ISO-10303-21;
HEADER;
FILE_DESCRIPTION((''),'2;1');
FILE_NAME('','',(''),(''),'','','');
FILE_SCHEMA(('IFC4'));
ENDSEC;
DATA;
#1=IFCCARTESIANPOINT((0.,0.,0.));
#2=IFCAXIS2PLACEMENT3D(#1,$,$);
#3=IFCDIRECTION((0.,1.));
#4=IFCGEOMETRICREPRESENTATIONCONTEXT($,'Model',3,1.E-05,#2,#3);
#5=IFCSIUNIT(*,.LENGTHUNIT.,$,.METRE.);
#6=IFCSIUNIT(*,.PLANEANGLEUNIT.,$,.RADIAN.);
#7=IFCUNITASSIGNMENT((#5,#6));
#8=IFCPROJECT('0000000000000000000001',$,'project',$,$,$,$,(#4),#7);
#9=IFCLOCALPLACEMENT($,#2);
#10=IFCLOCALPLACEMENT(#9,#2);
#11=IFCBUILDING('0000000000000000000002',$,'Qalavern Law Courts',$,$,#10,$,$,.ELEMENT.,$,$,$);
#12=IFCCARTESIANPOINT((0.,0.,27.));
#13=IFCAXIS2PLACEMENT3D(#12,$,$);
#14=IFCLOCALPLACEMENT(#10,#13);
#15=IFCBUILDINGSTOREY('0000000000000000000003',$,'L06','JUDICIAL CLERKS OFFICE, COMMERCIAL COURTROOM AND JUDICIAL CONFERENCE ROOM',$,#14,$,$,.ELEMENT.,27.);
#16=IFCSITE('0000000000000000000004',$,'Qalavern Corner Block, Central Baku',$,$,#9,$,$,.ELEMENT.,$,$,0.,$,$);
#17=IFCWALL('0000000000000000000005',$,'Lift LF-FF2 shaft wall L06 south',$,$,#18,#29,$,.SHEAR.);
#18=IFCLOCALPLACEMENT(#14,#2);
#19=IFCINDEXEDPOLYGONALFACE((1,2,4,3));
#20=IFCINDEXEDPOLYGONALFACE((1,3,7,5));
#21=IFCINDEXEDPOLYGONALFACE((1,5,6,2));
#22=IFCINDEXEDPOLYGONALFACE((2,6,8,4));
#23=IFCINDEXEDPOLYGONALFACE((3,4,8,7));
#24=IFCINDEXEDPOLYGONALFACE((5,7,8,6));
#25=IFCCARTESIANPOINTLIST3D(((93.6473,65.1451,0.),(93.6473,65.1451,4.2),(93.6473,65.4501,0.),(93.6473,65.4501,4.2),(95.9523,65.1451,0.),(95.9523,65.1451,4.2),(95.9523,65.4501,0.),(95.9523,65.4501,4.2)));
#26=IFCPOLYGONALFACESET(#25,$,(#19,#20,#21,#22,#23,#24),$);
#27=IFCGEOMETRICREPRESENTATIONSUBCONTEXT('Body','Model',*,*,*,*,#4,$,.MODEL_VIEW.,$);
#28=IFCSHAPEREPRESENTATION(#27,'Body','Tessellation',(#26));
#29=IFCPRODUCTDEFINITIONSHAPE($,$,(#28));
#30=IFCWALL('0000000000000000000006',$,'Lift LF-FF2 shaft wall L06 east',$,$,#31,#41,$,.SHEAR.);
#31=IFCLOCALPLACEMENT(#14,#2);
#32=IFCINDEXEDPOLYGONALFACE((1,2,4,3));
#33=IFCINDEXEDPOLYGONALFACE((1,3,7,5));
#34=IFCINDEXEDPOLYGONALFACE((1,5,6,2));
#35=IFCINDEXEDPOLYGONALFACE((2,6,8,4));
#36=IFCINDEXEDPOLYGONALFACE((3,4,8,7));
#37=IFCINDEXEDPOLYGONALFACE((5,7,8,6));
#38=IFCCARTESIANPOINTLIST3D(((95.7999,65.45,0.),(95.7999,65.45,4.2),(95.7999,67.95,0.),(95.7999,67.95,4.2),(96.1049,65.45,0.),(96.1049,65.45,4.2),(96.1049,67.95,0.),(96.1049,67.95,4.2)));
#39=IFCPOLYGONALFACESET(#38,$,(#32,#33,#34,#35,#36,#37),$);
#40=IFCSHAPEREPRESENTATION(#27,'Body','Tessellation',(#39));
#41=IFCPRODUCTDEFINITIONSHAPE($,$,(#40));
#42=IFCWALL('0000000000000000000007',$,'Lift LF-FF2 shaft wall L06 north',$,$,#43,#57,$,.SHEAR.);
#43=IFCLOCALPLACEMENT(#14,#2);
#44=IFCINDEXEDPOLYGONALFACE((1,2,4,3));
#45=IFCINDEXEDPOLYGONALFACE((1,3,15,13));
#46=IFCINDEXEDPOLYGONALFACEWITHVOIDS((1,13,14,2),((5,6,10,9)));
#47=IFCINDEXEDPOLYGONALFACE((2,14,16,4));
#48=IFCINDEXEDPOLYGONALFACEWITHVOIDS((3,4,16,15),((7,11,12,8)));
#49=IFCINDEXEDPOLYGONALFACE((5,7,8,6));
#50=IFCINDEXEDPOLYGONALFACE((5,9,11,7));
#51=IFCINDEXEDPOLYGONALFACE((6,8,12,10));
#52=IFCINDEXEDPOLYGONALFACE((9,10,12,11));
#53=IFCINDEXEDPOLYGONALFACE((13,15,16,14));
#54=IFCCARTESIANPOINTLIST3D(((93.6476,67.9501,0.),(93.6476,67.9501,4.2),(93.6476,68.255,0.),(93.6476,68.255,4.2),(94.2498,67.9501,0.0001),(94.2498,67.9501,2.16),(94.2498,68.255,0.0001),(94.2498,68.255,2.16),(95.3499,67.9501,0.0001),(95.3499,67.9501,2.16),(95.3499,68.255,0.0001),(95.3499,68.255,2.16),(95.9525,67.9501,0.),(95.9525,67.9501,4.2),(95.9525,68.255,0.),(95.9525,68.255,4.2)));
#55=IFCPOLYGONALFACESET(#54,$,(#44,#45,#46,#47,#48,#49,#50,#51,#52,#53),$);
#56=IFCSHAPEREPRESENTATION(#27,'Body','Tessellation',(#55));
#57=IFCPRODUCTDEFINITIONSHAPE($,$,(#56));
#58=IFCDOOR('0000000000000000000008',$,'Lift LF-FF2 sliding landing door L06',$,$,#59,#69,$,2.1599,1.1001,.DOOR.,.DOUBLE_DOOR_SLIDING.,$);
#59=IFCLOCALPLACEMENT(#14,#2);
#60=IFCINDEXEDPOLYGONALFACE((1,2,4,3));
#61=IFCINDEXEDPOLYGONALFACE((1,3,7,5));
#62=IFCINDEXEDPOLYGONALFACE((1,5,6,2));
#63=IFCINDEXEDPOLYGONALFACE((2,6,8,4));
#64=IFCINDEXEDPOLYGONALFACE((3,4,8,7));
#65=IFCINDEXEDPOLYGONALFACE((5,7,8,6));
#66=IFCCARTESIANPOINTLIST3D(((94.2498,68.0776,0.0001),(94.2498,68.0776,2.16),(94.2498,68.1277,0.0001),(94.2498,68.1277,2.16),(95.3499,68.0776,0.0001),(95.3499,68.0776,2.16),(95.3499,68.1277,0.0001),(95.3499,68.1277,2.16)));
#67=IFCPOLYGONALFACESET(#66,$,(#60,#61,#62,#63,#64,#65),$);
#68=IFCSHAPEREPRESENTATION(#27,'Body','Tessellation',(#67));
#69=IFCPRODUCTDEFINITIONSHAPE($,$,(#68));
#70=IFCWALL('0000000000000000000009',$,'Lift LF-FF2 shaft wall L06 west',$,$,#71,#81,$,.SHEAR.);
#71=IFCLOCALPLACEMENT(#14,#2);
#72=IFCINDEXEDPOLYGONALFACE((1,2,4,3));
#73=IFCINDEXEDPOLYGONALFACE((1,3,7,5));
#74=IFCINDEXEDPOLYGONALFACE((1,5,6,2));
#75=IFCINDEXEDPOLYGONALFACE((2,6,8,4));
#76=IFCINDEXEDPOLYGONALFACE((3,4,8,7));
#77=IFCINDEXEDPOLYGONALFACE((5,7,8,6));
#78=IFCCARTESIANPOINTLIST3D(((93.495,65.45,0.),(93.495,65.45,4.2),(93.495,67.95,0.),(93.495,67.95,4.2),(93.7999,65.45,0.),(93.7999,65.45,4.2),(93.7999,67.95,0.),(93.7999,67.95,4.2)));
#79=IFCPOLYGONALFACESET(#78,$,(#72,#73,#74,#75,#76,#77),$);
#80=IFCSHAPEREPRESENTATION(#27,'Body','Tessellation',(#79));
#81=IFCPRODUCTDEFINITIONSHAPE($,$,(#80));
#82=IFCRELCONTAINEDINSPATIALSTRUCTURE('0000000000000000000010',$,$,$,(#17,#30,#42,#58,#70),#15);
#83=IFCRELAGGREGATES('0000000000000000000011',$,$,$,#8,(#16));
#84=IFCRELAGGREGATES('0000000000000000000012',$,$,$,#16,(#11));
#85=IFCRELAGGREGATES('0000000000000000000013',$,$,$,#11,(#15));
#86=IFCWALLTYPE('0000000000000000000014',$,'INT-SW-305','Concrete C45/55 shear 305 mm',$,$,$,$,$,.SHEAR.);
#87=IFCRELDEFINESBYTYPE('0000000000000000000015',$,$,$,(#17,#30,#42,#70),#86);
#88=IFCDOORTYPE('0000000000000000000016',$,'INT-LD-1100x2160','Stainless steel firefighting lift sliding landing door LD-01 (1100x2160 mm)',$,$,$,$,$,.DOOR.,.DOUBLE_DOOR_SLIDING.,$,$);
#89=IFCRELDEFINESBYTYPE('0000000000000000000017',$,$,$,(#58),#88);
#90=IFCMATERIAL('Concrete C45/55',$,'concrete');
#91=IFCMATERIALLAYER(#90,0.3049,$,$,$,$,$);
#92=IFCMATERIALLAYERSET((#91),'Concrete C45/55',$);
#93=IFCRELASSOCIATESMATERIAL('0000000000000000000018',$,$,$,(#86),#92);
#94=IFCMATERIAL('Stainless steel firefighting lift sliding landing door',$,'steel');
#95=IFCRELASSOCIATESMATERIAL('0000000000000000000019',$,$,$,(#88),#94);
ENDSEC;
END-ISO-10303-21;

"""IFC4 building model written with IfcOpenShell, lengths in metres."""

from ifc_helpers import new_model, si_unit, direction, frame, frame_2d, origin, place, context, subcontext, project, spatial, rectangle, extrude, material, layer, layer_set, type_object, element, fill, save


model = new_model("IFC4")

# Units and contexts
model_context = context("Model", 3, precision=1e-05, world=origin(), true_north=direction((0.0, 1.0)))
body_context = subcontext(model_context, "Body", "Model", "MODEL_VIEW")
ifc_project = project(units=[si_unit("LENGTHUNIT", "METRE"), si_unit("PLANEANGLEUNIT", "RADIAN")], contexts=[model_context])

# Site, building, storey
site_placement = place(None, origin())
site = spatial("IfcSite", under=ifc_project, at=site_placement, Name="Qalavern Corner Block, Central Baku", CompositionType="ELEMENT", RefElevation=0.0)
building_placement = place(site_placement, origin())
building = spatial("IfcBuilding", under=site, at=building_placement, Name="Qalavern Law Courts", CompositionType="ELEMENT")
storey_placement = place(building_placement, frame((0.0, 0.0, 27.0)))
storey = spatial("IfcBuildingStorey", under=building, at=storey_placement, Name="L06", Description="JUDICIAL CLERKS OFFICE, COMMERCIAL COURTROOM AND JUDICIAL CONFERENCE ROOM", CompositionType="ELEMENT", Elevation=27.0)

# Shared definitions
ifc_material_1 = material(Name="Concrete C45/55", Category="concrete")

# Walls
ifc_layer_1 = layer(ifc_material_1, 0.3049)
ifc_layer_set_1 = layer_set([ifc_layer_1], Name="Concrete C45/55")
wall_type_1 = type_object("IfcWallType", Name="INT-SW-305", Description="Concrete C45/55 shear 305 mm", PredefinedType="SHEAR", material=ifc_layer_set_1)
wall_1_placement = place(storey_placement, frame((93.6475, 65.2976, 0.0), z_axis=(0.0, 0.0, 1.0), x_axis=(1.0, 0.0, 0.0)))
element("IfcWall", 1, at=wall_1_placement, inside=storey, type_object=wall_type_1, Name="Lift LF-FF2 shaft wall L06 south", PredefinedType="SHEAR", context=body_context, shape_type="SweptSolid", body=[
    extrude(rectangle(XDim=2.3049, YDim=0.3049, at=frame_2d((1.1523, 0.0))), origin(), (0.0, 0.0, 1.0), 4.2),
])
wall_2_placement = place(storey_placement, frame((95.9524, 65.45, 0.0), z_axis=(0.0, 0.0, 1.0), x_axis=(0.0, 1.0, 0.0)))
element("IfcWall", 2, at=wall_2_placement, inside=storey, type_object=wall_type_1, Name="Lift LF-FF2 shaft wall L06 east", PredefinedType="SHEAR", context=body_context, shape_type="SweptSolid", body=[
    extrude(rectangle(XDim=2.5, YDim=0.3049, at=frame_2d((1.25, 0.0))), origin(), (0.0, 0.0, 1.0), 4.2),
])

# Wall, opening, door
wall_3_placement = place(storey_placement, frame((95.9524, 68.1025, 0.0), z_axis=(0.0, 0.0, 1.0), x_axis=(-1.0, 0.0, 0.0)))
wall_3 = element("IfcWall", 3, at=wall_3_placement, inside=storey, type_object=wall_type_1, Name="Lift LF-FF2 shaft wall L06 north", PredefinedType="SHEAR", context=body_context, shape_type="SweptSolid", body=[
    extrude(rectangle(XDim=2.3049, YDim=0.3049, at=frame_2d((1.1523, 0.0))), origin(), (0.0, 0.0, 1.0), 4.2),
])
opening_1_placement = place(wall_3_placement, frame((0.6025, 0.0, 0.0)))
opening_1 = element("IfcOpeningElement", 4, at=opening_1_placement, cuts=wall_3, PredefinedType="OPENING", context=body_context, shape_type="SweptSolid", body=[
    extrude(rectangle(XDim=1.1001, YDim=2.1599, at=frame_2d((0.55, 1.0801))), frame((0.0, 0.1675, 0.0), z_axis=(0.0, -1.0, 0.0), x_axis=(1.0, 0.0, 0.0)), (0.0, 0.0, 1.0), 0.3347),
])
ifc_material_2 = material(Name="Stainless steel firefighting lift sliding landing door", Category="steel")
door_type_1 = type_object("IfcDoorType", Name="INT-LD-1100x2160", Description="Stainless steel firefighting lift sliding landing door LD-01 (1100x2160 mm)", OperationType="DOUBLE_DOOR_SLIDING", PredefinedType="DOOR", material=ifc_material_2)
door_1_placement = place(opening_1_placement, origin())
door_1 = element("IfcDoor", 5, at=door_1_placement, inside=storey, type_object=door_type_1, Name="Lift LF-FF2 sliding landing door L06", OperationType="DOUBLE_DOOR_SLIDING", OverallHeight=2.1599, OverallWidth=1.1001, PredefinedType="DOOR", context=body_context, shape_type="SweptSolid", body=[
    extrude(rectangle(XDim=1.1001, YDim=2.1599, at=frame_2d((0.55, 1.0801))), frame((0.0, 0.0249, 0.0), z_axis=(0.0, -1.0, 0.0), x_axis=(1.0, 0.0, 0.0)), (0.0, 0.0, 1.0), 0.05),
])
fill(opening_1, door_1)

# Wall
wall_4_placement = place(storey_placement, frame((93.6475, 67.95, 0.0), z_axis=(0.0, 0.0, 1.0), x_axis=(0.0, -1.0, 0.0)))
element("IfcWall", 6, at=wall_4_placement, inside=storey, type_object=wall_type_1, Name="Lift LF-FF2 shaft wall L06 west", PredefinedType="SHEAR", context=body_context, shape_type="SweptSolid", body=[
    extrude(rectangle(XDim=2.5, YDim=0.3049, at=frame_2d((1.25, 0.0))), origin(), (0.0, 0.0, 1.0), 4.2),
])

save(model, "model.ifc")
